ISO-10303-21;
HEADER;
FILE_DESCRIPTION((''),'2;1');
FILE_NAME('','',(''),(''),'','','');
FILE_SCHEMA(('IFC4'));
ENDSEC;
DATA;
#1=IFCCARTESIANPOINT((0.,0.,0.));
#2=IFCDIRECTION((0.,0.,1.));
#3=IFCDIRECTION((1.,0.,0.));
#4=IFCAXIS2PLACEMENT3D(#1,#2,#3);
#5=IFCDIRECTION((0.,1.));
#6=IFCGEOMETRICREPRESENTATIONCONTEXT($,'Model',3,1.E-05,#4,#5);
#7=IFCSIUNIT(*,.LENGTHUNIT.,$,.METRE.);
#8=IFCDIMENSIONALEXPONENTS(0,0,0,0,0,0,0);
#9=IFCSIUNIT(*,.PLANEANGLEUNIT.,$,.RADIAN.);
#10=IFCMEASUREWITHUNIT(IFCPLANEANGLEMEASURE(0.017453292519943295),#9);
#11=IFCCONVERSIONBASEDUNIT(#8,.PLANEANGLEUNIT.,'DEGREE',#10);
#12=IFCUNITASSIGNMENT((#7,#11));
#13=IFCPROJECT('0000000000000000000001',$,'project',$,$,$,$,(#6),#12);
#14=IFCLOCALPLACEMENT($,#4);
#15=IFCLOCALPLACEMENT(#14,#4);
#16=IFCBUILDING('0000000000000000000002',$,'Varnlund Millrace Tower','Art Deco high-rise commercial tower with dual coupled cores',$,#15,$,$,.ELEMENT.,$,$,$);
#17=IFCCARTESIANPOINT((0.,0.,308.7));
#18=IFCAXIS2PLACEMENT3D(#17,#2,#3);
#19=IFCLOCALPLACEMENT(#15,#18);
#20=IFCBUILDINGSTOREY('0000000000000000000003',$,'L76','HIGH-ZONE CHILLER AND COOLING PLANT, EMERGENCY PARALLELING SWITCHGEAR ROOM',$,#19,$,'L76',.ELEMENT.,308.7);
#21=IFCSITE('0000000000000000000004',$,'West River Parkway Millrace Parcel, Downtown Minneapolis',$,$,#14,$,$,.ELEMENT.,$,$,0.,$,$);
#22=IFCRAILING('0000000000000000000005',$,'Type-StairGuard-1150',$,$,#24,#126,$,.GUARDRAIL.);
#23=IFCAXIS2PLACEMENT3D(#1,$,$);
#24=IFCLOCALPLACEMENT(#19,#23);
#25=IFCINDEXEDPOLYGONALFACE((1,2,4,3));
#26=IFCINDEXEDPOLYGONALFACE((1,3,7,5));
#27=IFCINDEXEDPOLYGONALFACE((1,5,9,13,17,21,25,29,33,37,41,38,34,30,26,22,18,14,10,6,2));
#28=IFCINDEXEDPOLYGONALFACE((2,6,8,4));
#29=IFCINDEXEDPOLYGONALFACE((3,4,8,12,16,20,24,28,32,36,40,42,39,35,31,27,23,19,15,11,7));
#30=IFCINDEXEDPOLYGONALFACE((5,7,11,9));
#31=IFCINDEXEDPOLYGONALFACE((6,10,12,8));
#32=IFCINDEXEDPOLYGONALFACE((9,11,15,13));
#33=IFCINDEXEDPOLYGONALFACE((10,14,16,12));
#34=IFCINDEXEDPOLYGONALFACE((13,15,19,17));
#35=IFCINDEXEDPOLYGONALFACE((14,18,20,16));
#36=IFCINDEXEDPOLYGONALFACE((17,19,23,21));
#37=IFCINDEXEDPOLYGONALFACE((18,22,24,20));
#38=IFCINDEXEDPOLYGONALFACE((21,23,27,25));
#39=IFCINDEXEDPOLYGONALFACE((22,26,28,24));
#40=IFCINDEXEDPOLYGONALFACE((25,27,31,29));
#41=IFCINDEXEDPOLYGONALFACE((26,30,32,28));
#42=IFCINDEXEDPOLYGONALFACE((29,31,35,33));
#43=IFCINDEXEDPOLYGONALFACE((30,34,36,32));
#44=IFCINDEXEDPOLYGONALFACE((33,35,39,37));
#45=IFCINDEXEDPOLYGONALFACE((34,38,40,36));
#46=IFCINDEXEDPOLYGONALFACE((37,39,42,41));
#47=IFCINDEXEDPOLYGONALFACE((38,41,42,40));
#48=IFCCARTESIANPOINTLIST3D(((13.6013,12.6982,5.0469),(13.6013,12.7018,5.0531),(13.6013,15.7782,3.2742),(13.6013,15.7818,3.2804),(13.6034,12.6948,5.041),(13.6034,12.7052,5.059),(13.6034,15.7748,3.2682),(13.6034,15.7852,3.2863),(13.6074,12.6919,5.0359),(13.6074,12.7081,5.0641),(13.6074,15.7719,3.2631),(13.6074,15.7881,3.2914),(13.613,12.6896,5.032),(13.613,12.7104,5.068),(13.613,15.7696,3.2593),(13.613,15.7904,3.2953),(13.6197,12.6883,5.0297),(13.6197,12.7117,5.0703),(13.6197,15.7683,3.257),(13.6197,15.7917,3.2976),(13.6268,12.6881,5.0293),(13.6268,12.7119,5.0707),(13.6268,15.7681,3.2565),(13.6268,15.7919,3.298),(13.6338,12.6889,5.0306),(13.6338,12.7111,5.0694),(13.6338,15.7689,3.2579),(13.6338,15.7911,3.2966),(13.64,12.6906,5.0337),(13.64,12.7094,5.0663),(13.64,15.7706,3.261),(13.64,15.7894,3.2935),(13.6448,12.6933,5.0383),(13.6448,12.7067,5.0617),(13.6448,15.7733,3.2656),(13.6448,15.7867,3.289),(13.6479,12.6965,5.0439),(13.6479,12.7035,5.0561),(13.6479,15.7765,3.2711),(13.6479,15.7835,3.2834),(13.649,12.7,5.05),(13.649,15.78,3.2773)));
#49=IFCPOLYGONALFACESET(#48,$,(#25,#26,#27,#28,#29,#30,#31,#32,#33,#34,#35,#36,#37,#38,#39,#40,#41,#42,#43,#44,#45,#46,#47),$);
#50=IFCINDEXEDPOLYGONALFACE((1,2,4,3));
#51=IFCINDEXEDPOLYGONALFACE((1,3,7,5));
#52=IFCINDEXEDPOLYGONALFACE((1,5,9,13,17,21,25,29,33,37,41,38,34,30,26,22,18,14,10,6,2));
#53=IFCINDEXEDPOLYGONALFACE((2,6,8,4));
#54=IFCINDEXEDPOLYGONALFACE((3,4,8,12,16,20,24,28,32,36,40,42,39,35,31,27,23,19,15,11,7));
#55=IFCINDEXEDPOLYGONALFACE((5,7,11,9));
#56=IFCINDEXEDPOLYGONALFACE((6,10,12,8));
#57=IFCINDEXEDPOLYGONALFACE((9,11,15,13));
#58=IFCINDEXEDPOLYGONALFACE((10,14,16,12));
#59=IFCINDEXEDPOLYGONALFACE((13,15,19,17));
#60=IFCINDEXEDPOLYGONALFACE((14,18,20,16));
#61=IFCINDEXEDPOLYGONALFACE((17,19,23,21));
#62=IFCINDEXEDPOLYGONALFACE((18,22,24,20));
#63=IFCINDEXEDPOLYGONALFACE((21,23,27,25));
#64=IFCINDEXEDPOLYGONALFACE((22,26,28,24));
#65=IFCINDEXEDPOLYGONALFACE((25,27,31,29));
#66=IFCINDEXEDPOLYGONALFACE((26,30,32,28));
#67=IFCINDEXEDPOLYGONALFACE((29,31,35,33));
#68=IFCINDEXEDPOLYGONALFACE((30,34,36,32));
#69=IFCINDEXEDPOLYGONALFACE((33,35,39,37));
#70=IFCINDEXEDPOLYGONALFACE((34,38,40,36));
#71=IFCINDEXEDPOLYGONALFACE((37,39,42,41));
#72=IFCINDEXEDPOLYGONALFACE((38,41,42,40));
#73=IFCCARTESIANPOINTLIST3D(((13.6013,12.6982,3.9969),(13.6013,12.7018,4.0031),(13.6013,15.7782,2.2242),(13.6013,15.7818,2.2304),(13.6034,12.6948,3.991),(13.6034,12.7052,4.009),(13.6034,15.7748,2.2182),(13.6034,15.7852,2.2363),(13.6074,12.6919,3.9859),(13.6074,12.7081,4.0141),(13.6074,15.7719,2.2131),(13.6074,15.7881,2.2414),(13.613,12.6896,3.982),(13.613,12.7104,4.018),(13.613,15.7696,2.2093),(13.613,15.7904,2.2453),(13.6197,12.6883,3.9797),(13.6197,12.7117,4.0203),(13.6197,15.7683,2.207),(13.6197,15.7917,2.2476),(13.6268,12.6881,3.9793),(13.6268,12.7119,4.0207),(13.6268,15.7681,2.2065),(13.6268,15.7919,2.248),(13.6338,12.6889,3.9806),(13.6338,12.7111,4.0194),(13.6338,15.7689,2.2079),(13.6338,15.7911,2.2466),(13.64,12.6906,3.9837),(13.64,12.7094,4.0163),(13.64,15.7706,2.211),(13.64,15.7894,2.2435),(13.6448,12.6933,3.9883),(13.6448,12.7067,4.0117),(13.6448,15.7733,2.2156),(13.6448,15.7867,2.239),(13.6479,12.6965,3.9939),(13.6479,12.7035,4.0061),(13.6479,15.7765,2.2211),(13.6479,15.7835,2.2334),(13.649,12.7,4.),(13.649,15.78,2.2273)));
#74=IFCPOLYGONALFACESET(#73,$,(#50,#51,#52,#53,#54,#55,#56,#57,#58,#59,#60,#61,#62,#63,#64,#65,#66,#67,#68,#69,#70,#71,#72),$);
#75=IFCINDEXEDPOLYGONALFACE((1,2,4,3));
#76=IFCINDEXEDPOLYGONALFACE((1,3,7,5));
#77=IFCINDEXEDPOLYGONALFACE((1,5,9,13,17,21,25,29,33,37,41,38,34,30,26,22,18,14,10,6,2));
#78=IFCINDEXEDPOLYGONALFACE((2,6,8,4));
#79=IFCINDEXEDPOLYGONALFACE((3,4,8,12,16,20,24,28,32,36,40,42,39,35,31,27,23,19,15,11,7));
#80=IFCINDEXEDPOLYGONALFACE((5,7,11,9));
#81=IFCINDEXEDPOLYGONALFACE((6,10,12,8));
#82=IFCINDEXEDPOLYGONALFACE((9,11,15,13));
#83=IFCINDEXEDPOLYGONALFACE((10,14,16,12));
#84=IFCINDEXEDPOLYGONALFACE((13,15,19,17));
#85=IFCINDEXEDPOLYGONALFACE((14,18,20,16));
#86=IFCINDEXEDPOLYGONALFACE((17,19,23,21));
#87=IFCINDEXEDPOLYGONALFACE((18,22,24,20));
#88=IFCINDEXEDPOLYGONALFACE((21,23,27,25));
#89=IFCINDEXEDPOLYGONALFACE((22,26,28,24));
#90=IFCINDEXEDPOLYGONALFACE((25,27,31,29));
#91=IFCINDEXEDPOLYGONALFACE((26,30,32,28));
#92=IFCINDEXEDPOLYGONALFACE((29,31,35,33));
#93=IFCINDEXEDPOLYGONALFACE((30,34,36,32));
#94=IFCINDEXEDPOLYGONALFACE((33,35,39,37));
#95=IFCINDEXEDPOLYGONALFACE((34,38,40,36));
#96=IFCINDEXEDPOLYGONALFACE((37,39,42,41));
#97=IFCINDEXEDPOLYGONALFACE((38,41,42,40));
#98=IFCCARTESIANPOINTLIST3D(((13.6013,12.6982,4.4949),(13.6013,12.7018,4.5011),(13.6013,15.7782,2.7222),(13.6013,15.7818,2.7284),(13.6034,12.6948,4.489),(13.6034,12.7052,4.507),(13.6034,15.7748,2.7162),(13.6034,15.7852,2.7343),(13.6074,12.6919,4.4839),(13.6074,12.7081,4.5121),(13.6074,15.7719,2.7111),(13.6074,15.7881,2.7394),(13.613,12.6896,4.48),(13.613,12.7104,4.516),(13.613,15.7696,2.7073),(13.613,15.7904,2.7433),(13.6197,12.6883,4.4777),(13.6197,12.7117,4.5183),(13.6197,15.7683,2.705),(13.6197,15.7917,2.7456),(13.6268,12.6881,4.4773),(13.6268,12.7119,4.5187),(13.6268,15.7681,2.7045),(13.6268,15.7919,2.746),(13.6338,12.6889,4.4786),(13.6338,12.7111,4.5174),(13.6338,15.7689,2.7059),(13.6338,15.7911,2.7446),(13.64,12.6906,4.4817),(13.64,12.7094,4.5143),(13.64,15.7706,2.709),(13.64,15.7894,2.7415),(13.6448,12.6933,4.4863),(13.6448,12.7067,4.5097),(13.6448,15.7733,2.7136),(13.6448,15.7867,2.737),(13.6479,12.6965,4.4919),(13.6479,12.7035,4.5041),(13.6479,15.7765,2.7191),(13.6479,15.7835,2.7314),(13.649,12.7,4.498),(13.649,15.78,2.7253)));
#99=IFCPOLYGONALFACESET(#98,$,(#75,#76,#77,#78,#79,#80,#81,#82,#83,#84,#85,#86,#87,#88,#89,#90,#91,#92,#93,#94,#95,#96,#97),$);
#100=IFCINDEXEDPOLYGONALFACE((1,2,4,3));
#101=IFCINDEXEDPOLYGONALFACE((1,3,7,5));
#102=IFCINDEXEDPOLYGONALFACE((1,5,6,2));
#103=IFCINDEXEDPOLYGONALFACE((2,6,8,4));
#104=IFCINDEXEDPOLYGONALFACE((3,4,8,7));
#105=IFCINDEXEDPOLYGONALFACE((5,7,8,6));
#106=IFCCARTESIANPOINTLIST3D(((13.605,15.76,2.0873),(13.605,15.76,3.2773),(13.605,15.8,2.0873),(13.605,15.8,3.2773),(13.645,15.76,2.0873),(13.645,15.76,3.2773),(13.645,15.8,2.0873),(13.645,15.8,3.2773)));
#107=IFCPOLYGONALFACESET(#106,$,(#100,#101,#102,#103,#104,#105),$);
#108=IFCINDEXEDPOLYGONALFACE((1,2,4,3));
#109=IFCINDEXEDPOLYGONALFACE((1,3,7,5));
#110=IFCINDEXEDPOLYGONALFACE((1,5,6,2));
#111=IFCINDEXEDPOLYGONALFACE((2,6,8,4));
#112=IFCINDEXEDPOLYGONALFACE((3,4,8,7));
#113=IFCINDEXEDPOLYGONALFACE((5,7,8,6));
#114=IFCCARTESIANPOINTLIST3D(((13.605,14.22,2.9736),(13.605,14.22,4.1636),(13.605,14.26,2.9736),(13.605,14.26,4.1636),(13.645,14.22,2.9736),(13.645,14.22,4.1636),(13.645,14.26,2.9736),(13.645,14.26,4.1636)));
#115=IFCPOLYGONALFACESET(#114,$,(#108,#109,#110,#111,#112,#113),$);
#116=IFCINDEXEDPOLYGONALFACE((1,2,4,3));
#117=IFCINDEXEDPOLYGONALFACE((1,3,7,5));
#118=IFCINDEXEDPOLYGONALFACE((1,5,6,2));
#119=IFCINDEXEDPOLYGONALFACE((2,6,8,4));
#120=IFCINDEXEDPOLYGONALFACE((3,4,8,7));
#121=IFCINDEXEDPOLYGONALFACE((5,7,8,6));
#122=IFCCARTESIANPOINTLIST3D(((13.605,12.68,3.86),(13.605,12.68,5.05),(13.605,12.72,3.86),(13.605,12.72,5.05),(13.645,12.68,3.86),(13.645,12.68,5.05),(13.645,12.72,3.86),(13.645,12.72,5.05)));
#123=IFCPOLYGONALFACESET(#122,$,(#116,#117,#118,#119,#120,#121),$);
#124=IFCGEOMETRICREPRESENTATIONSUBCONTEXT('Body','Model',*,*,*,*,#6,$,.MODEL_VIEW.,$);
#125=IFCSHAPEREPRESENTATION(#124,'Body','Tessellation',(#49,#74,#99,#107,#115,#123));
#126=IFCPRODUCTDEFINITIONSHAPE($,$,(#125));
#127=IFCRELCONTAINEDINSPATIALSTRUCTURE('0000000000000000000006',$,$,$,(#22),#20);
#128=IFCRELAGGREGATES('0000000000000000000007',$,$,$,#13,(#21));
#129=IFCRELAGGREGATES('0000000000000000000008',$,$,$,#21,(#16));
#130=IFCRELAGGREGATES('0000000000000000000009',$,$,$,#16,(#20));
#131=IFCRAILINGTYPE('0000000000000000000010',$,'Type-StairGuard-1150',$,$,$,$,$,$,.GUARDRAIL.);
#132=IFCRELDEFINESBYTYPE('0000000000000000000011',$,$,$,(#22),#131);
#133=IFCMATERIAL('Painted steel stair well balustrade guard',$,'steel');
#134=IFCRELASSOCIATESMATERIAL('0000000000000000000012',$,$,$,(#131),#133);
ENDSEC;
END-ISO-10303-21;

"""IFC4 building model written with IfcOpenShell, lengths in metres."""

from ifc_helpers import new_model, entity, si_unit, converted_unit, direction, frame, origin_with_axes, origin_2d_with_axis, place, context, subcontext, project, spatial, rectangle, circle, extrude, material, type_object, element, save


model = new_model("IFC4")

# Units and contexts
model_context = context("Model", 3, precision=1e-05, world=origin_with_axes(), true_north=direction((0.0, 1.0)))
body_context = subcontext(model_context, "Body", "Model", "MODEL_VIEW")
ifc_project = project(units=[si_unit("LENGTHUNIT", "METRE"), converted_unit("PLANEANGLEUNIT", "DEGREE", entity("IfcPlaneAngleMeasure", 0.017453292519943295), si_unit("PLANEANGLEUNIT", "RADIAN"), dimensions=[0, 0, 0, 0, 0, 0, 0])], contexts=[model_context])

# Site, building, storey
site_placement = place(None, origin_with_axes())
site = spatial("IfcSite", under=ifc_project, at=site_placement, Name="West River Parkway Millrace Parcel, Downtown Minneapolis", CompositionType="ELEMENT", RefElevation=0.0)
building_placement = place(site_placement, origin_with_axes())
building = spatial("IfcBuilding", under=site, at=building_placement, Name="Varnlund Millrace Tower", Description="Art Deco high-rise commercial tower with dual coupled cores", CompositionType="ELEMENT")
storey_placement = place(building_placement, frame((0.0, 0.0, 308.7), z_axis=(0.0, 0.0, 1.0), x_axis=(1.0, 0.0, 0.0)))
storey = spatial("IfcBuildingStorey", under=building, at=storey_placement, Name="L76", Description="HIGH-ZONE CHILLER AND COOLING PLANT, EMERGENCY PARALLELING SWITCHGEAR ROOM", LongName="L76", CompositionType="ELEMENT", Elevation=308.7)

# Railing
ifc_material_1 = material(Name="Painted steel stair well balustrade guard", Category="steel")
railing_type_1 = type_object("IfcRailingType", Name="Type-StairGuard-1150", PredefinedType="GUARDRAIL", material=ifc_material_1)
railing_1_placement = place(storey_placement, frame((0.0, 0.0, -308.7), z_axis=(0.0, 0.0, 1.0), x_axis=(1.0, 0.0, 0.0)))
element("IfcRailing", 1, at=railing_1_placement, inside=storey, type_object=railing_type_1, Name="Type-StairGuard-1150", PredefinedType="GUARDRAIL", context=body_context, shape_type="SweptSolid", body=[
    extrude(circle(Radius=0.024, at=origin_2d_with_axis()), frame((13.625, 15.78, 311.9773), z_axis=(0.0, -0.866696, 0.498836), x_axis=(1.0, 0.0, 0.0)), (0.0, 0.0, 1.0), 3.5537),
    extrude(circle(Radius=0.024, at=origin_2d_with_axis()), frame((13.625, 15.78, 310.9273), z_axis=(0.0, -0.866696, 0.498836), x_axis=(1.0, 0.0, 0.0)), (0.0, 0.0, 1.0), 3.5537),
    extrude(circle(Radius=0.024, at=origin_2d_with_axis()), frame((13.625, 15.78, 311.4253), z_axis=(0.0, -0.866696, 0.498836), x_axis=(1.0, 0.0, 0.0)), (0.0, 0.0, 1.0), 3.5537),
    extrude(rectangle(XDim=0.04, YDim=0.04, at=origin_2d_with_axis()), frame((13.625, 15.78, 310.7873), z_axis=(0.0, 0.0, 1.0), x_axis=(1.0, 0.0, 0.0)), (0.0, 0.0, 1.0), 1.19),
    extrude(rectangle(XDim=0.04, YDim=0.04, at=origin_2d_with_axis()), frame((13.625, 14.24, 311.6736), z_axis=(0.0, 0.0, 1.0), x_axis=(1.0, 0.0, 0.0)), (0.0, 0.0, 1.0), 1.19),
    extrude(rectangle(XDim=0.04, YDim=0.04, at=origin_2d_with_axis()), frame((13.625, 12.7, 312.56), z_axis=(0.0, 0.0, 1.0), x_axis=(1.0, 0.0, 0.0)), (0.0, 0.0, 1.0), 1.19),
])

save(model, "model.ifc")
